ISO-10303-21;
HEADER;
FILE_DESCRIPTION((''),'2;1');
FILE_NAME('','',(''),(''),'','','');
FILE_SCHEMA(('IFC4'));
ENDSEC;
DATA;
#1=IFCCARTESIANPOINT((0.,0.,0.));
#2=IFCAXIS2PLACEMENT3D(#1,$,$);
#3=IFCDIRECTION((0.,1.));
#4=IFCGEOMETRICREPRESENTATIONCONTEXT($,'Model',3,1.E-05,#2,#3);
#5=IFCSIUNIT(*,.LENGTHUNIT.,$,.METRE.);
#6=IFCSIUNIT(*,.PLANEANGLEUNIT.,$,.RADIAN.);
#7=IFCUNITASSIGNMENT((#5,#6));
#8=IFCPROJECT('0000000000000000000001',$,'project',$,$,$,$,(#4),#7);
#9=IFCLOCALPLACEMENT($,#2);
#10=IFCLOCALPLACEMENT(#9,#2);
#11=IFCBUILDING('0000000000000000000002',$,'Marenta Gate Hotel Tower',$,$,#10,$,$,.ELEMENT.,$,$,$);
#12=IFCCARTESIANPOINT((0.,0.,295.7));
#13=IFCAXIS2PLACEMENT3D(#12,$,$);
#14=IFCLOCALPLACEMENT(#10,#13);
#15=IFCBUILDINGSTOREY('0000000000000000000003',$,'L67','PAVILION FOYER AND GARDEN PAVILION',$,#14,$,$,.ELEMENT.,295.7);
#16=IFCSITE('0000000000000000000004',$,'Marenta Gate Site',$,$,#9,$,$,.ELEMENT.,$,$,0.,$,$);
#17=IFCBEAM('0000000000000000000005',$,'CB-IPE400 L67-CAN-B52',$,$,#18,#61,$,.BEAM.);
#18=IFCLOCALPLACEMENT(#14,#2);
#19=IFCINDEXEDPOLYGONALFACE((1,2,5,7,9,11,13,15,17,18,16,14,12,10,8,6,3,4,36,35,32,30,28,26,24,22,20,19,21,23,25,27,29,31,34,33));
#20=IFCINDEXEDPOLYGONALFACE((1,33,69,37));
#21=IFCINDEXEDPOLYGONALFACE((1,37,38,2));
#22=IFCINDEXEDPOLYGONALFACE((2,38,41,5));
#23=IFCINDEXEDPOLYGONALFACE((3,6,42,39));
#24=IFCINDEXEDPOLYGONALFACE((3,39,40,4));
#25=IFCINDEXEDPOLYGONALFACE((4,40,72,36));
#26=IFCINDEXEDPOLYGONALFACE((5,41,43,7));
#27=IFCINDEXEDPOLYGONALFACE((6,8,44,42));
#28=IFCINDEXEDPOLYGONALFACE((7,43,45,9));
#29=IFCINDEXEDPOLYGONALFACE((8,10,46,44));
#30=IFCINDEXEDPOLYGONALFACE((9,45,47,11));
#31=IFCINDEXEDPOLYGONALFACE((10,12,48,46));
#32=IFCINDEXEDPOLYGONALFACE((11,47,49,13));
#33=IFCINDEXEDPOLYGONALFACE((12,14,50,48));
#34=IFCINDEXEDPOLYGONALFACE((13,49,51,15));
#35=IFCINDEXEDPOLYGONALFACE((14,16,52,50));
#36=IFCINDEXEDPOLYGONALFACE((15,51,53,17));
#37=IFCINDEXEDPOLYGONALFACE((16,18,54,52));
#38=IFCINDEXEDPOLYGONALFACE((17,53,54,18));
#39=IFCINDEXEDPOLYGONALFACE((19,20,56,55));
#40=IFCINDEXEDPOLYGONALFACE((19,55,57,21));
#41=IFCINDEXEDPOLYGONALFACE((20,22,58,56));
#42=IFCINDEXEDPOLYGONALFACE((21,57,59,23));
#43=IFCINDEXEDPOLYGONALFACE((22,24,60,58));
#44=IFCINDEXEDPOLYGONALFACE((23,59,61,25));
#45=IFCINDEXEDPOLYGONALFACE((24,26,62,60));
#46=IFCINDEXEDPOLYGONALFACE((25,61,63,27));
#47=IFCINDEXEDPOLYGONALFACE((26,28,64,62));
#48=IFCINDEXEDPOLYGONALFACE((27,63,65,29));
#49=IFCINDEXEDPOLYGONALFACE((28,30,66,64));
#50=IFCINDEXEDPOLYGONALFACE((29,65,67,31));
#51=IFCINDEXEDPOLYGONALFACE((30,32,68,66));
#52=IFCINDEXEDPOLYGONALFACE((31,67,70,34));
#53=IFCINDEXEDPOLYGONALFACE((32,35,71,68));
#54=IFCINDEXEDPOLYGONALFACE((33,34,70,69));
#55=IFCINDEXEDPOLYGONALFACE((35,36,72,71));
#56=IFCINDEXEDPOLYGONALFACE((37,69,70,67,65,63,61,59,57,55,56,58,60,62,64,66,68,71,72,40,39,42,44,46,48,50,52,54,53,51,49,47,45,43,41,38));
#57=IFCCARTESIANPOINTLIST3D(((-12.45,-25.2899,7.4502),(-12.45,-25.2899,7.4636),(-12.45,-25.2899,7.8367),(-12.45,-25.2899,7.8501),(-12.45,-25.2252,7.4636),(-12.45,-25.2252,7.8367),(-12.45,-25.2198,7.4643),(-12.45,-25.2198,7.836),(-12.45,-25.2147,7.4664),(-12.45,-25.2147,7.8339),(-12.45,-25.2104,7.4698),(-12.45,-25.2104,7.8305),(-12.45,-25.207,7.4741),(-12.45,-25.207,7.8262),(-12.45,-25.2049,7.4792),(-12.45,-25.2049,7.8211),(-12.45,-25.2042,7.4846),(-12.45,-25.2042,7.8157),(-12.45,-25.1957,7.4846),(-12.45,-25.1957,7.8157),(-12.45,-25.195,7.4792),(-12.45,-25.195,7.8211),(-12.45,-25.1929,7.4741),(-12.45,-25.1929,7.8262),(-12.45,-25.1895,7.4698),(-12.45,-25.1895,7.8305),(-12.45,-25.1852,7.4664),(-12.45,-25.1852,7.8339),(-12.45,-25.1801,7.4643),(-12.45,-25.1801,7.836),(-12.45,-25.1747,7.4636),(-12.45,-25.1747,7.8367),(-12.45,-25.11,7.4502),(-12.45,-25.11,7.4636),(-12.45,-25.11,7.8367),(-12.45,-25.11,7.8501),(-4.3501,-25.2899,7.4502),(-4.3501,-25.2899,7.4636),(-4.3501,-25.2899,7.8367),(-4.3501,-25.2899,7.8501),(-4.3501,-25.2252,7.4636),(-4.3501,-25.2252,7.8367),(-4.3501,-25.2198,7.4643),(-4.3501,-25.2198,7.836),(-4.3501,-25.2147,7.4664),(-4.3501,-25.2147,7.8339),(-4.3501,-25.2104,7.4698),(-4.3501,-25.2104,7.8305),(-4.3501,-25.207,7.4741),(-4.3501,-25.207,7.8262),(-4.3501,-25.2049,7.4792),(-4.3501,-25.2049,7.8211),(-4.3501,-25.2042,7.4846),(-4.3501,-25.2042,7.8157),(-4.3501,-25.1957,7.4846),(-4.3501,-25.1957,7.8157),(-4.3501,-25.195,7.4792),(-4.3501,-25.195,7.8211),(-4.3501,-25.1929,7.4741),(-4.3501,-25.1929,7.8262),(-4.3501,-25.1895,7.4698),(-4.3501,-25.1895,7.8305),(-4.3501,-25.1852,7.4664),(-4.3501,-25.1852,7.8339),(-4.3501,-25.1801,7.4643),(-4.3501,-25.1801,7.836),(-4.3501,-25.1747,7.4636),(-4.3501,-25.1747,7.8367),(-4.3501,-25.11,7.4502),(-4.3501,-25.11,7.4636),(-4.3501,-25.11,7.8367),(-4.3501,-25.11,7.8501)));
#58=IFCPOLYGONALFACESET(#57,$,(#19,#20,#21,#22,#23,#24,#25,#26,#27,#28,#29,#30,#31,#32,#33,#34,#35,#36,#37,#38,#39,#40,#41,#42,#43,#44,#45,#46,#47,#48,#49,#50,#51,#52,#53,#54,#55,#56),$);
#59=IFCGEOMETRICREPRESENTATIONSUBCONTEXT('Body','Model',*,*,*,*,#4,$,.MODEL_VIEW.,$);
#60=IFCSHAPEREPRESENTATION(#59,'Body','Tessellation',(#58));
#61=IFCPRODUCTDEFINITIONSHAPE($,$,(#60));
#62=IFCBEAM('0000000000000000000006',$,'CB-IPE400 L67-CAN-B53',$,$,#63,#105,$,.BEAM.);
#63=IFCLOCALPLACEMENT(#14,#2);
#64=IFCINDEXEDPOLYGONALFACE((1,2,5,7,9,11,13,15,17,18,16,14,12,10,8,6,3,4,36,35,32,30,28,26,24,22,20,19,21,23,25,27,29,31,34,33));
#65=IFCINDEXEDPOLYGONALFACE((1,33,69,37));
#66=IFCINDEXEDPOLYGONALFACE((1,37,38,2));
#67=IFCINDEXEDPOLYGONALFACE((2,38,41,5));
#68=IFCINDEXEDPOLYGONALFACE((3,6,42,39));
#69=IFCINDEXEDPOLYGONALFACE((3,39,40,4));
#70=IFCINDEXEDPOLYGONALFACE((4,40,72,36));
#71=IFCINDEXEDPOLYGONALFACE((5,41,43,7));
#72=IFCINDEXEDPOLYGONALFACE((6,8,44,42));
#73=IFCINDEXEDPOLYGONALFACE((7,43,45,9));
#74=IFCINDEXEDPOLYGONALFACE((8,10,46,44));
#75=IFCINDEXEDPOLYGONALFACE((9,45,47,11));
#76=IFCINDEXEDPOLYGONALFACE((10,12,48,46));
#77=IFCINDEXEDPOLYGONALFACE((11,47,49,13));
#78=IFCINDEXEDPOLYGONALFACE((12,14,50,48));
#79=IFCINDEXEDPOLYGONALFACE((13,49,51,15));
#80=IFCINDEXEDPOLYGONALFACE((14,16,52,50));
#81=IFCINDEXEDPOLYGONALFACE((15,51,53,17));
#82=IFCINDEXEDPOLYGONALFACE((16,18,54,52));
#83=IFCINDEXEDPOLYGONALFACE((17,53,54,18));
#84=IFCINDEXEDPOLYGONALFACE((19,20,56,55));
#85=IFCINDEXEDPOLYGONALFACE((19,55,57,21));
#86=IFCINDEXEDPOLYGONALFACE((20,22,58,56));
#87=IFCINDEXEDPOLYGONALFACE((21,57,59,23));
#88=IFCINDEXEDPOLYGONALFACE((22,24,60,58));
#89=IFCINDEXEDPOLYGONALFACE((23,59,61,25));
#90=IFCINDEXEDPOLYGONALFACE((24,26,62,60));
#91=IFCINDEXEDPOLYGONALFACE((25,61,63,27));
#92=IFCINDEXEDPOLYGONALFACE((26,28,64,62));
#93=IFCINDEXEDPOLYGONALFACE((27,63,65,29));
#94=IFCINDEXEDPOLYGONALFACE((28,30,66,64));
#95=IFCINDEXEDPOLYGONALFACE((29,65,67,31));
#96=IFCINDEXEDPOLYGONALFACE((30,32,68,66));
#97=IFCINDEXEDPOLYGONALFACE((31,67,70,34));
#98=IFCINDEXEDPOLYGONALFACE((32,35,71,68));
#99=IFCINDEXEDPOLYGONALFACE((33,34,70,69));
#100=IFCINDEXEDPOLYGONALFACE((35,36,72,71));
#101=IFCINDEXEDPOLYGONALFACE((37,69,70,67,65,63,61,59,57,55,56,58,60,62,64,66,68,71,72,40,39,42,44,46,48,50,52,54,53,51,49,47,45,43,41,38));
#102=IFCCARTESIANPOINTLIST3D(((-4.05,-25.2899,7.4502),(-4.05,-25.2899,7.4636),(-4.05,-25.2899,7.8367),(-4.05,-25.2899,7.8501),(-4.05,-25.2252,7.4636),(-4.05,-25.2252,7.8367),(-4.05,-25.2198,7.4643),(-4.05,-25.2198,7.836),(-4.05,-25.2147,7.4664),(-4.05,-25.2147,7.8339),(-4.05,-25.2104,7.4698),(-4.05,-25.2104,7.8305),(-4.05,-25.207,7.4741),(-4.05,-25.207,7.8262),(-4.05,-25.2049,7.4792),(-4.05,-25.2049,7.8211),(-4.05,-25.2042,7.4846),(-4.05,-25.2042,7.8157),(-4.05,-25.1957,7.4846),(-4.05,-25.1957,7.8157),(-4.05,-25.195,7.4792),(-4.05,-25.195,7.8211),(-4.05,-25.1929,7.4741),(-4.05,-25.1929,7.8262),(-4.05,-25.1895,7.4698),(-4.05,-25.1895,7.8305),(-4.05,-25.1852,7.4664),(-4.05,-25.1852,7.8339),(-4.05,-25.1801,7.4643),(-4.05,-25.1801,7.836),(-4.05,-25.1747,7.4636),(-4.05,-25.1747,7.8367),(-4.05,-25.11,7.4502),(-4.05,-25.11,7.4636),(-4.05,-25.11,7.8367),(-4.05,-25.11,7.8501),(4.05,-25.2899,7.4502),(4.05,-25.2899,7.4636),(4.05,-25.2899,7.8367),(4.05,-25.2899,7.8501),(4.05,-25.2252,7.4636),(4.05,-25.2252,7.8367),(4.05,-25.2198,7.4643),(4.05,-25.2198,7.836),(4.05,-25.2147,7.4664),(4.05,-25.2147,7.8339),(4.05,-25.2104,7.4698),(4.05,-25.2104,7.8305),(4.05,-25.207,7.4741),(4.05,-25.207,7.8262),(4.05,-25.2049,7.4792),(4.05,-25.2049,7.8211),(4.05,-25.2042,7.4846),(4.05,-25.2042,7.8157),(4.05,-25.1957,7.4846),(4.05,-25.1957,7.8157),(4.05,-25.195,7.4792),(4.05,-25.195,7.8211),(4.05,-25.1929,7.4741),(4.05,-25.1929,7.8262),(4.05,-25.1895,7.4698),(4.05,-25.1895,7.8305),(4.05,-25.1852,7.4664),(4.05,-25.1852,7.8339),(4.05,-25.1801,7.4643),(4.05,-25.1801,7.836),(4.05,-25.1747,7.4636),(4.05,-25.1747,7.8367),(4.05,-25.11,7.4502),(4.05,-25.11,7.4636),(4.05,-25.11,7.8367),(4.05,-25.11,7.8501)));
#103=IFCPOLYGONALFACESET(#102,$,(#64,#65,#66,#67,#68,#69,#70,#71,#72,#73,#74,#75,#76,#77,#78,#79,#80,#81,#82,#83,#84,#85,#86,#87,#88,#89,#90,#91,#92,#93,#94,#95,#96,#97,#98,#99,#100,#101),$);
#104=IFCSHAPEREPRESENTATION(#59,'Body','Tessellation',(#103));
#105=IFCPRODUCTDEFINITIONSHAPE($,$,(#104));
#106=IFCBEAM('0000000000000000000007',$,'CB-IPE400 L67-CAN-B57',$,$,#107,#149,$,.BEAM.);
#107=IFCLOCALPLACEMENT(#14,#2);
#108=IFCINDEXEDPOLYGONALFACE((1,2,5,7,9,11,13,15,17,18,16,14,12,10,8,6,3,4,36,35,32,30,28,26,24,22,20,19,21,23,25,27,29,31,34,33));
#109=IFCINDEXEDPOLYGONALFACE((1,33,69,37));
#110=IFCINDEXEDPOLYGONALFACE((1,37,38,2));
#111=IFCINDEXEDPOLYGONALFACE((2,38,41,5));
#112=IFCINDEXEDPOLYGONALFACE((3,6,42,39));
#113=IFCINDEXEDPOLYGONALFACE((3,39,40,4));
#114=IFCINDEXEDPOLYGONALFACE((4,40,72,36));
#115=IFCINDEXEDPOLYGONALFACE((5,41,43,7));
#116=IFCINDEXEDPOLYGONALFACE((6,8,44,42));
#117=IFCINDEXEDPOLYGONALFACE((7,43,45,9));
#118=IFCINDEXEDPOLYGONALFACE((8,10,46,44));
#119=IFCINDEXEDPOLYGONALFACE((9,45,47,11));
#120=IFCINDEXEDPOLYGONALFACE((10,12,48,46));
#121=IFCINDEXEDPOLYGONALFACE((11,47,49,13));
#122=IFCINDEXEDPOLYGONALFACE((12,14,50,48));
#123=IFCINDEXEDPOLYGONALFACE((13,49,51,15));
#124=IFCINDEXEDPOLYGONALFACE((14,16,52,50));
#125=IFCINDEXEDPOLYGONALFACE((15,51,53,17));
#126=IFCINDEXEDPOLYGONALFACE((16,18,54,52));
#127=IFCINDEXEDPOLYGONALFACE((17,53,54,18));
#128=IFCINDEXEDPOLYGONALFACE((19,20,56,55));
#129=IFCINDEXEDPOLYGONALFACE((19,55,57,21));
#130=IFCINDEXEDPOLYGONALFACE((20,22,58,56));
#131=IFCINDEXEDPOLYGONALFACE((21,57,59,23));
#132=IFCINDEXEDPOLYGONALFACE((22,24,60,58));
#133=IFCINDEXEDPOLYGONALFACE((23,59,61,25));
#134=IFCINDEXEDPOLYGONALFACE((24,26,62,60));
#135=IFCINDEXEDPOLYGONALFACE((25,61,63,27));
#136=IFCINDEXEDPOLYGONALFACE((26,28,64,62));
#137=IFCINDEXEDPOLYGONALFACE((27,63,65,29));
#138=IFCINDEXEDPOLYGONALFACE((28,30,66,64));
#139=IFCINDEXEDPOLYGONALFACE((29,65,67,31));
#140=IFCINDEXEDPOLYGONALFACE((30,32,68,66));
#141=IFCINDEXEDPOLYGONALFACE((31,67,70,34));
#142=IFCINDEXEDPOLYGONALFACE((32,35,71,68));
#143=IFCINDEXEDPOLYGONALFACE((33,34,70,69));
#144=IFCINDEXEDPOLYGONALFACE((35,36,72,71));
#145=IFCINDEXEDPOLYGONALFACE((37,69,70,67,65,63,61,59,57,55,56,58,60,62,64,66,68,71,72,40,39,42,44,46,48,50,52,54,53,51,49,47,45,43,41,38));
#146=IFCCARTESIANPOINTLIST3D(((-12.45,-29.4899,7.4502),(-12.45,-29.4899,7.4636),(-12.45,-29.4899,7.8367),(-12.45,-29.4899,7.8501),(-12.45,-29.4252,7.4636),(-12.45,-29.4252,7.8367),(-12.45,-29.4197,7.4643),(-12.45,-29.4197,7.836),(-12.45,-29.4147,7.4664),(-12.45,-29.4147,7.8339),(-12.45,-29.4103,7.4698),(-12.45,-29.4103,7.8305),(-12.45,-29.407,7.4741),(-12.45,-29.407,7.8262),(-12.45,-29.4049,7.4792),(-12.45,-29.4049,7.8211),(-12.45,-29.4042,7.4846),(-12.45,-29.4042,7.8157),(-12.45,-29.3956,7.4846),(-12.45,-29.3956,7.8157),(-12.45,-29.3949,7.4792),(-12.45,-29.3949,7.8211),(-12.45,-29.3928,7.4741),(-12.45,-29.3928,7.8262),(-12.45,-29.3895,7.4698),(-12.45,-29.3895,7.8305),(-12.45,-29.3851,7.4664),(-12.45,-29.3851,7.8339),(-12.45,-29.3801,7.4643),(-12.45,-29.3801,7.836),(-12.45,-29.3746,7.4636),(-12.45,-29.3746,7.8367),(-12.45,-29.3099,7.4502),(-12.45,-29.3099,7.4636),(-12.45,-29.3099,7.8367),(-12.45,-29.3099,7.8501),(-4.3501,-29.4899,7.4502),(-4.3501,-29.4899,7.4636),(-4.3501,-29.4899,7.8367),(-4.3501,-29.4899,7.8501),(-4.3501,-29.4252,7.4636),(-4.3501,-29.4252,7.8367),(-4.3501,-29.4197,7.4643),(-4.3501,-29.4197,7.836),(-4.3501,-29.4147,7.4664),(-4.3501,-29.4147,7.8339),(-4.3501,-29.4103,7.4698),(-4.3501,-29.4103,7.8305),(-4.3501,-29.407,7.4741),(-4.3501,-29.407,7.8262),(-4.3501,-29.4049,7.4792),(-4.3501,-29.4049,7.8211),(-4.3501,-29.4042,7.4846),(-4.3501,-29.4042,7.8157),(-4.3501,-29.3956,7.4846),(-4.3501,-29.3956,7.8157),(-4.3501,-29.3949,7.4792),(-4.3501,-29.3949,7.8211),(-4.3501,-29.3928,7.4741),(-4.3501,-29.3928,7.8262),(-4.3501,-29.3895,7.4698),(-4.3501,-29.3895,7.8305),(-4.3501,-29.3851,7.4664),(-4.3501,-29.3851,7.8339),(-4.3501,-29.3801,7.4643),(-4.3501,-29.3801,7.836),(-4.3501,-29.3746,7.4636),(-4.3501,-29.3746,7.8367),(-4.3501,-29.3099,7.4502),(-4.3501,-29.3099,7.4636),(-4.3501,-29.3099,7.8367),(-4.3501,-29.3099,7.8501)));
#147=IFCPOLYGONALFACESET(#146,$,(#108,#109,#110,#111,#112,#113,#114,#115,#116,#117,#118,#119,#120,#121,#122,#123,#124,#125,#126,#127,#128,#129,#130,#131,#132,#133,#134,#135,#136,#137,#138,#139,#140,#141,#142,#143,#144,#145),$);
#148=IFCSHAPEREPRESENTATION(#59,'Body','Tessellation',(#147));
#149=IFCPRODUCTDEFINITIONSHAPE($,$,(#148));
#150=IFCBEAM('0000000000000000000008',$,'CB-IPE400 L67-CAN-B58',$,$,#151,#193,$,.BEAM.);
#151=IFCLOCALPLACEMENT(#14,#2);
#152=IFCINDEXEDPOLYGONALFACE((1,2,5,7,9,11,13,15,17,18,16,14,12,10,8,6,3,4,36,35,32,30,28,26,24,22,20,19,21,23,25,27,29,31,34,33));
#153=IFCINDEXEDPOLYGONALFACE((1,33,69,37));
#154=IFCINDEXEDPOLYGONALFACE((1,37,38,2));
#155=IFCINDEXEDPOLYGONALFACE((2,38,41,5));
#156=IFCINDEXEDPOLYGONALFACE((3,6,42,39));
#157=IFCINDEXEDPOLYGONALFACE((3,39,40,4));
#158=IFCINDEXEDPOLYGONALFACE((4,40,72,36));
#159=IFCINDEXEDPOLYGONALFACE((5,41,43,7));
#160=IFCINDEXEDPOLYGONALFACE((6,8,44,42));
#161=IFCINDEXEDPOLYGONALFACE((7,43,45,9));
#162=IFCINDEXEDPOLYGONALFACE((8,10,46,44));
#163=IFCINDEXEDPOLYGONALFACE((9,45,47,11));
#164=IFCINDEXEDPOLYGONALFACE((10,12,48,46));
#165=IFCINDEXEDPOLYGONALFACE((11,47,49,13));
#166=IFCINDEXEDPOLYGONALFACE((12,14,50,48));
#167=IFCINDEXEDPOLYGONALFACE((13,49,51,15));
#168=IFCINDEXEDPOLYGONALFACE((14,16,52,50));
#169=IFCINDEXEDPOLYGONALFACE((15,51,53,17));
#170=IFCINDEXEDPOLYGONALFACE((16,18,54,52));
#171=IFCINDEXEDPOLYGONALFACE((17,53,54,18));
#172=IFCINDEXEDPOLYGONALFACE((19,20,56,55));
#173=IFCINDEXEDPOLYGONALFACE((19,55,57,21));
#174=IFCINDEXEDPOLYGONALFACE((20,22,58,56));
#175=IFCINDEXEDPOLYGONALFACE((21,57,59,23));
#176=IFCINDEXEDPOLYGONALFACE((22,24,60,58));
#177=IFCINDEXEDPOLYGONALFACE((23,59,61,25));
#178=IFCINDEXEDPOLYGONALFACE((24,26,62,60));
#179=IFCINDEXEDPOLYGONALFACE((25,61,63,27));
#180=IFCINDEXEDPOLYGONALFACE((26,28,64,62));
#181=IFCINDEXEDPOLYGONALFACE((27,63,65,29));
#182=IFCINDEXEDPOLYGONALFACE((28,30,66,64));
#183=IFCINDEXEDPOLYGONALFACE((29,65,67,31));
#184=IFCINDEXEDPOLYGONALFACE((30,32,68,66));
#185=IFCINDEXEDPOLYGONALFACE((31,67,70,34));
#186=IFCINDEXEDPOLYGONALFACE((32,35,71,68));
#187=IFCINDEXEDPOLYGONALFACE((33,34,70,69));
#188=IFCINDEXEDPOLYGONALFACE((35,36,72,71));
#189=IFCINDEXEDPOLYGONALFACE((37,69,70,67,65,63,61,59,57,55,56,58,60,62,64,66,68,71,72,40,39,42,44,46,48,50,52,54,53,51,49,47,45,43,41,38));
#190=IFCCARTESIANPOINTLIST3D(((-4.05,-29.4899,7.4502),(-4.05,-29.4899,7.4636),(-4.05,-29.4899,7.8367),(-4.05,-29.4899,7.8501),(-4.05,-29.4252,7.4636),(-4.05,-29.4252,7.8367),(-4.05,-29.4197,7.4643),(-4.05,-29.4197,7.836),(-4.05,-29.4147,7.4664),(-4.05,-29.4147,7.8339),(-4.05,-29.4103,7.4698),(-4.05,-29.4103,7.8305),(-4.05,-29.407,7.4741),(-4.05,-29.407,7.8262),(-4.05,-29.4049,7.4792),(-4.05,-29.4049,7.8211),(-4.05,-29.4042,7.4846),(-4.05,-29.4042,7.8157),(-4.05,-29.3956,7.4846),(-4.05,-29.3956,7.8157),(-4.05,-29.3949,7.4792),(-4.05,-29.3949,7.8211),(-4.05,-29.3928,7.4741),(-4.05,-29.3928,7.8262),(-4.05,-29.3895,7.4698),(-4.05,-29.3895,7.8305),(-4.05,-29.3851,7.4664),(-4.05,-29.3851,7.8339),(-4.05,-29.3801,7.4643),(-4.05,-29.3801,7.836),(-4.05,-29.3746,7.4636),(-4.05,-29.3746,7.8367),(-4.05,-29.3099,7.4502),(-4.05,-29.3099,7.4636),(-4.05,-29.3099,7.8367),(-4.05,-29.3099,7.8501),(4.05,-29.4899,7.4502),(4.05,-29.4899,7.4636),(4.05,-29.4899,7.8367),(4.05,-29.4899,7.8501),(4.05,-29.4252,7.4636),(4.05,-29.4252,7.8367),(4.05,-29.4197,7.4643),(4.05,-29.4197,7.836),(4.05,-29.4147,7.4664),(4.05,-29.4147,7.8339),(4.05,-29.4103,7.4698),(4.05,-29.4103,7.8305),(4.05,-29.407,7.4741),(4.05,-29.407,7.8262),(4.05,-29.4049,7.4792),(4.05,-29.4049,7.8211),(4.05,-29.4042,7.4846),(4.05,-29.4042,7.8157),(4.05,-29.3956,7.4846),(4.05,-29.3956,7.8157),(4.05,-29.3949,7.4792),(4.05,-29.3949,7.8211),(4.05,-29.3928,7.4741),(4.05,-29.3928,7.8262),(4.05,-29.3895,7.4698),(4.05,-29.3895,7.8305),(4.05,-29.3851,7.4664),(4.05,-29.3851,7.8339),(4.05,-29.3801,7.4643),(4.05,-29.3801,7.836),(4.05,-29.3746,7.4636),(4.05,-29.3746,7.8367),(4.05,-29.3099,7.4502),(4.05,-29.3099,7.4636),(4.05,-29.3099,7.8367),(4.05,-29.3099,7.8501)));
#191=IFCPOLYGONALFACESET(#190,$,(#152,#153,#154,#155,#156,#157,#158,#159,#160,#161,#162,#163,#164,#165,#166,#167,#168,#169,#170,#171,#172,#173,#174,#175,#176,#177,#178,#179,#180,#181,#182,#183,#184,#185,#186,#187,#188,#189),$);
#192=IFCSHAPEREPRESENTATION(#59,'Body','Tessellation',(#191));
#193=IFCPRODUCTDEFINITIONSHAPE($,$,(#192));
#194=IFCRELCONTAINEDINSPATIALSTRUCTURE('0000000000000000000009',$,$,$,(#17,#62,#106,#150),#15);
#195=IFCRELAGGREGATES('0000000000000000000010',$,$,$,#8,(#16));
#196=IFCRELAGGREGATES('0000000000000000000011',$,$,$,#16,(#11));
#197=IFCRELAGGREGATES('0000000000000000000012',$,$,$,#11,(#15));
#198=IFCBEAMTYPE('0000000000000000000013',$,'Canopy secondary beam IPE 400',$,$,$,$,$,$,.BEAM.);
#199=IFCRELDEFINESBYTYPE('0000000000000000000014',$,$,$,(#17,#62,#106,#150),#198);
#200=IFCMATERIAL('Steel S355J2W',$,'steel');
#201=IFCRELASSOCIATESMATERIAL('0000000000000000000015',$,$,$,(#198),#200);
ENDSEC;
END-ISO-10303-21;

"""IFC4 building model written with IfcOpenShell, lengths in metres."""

from ifc_helpers import new_model, si_unit, direction, frame, origin, origin_2d, place, context, subcontext, project, spatial, i_section, extrude, material, material_profile, profile_set, type_object, element, save


model = new_model("IFC4")

# Units and contexts
model_context = context("Model", 3, precision=1e-05, world=origin(), true_north=direction((0.0, 1.0)))
body_context = subcontext(model_context, "Body", "Model", "MODEL_VIEW")
ifc_project = project(units=[si_unit("LENGTHUNIT", "METRE"), si_unit("PLANEANGLEUNIT", "RADIAN")], contexts=[model_context])

# Site, building, storey
site_placement = place(None, origin())
site = spatial("IfcSite", under=ifc_project, at=site_placement, Name="Marenta Gate Site", CompositionType="ELEMENT", RefElevation=0.0)
building_placement = place(site_placement, origin())
building = spatial("IfcBuilding", under=site, at=building_placement, Name="Marenta Gate Hotel Tower", CompositionType="ELEMENT")
storey_placement = place(building_placement, frame((0.0, 0.0, 295.7)))
storey = spatial("IfcBuildingStorey", under=building, at=storey_placement, Name="L67", Description="PAVILION FOYER AND GARDEN PAVILION", CompositionType="ELEMENT", Elevation=295.7)

# Beams
ifc_material_1 = material(Name="Steel S355J2W", Category="steel")
ifc_material_profile_1 = material_profile(ifc_material_1, i_section(OverallWidth=0.1799, OverallDepth=0.3999, WebThickness=0.0085, FlangeThickness=0.0134, FilletRadius=0.021, at=origin_2d()), Name="IPE 400")
ifc_profile_set_1 = profile_set([ifc_material_profile_1], Name="Steel S355J2W")
beam_type_1 = type_object("IfcBeamType", Name="Canopy secondary beam IPE 400", PredefinedType="BEAM", material=ifc_profile_set_1)
beam_1_placement = place(storey_placement, frame((-12.45, -25.2, 7.6501), z_axis=(1.0, 0.0, 0.0), x_axis=(0.0, 1.0, 0.0)))
element("IfcBeam", 1, at=beam_1_placement, inside=storey, type_object=beam_type_1, Name="CB-IPE400 L67-CAN-B52", PredefinedType="BEAM", context=body_context, shape_type="SweptSolid", body=[
    extrude(i_section(OverallWidth=0.1799, OverallDepth=0.3999, WebThickness=0.0085, FlangeThickness=0.0134, FilletRadius=0.021, at=origin_2d()), origin(), (0.0, 0.0, 1.0), 8.0999),
])
beam_2_placement = place(storey_placement, frame((-4.05, -25.2, 7.6501), z_axis=(1.0, 0.0, 0.0), x_axis=(0.0, 1.0, 0.0)))
element("IfcBeam", 2, at=beam_2_placement, inside=storey, type_object=beam_type_1, Name="CB-IPE400 L67-CAN-B53", PredefinedType="BEAM", context=body_context, shape_type="SweptSolid", body=[
    extrude(i_section(OverallWidth=0.1799, OverallDepth=0.3999, WebThickness=0.0085, FlangeThickness=0.0134, FilletRadius=0.021, at=origin_2d()), origin(), (0.0, 0.0, 1.0), 8.1001),
])
beam_3_placement = place(storey_placement, frame((-12.45, -29.3999, 7.6501), z_axis=(1.0, 0.0, 0.0), x_axis=(0.0, 1.0, 0.0)))
element("IfcBeam", 3, at=beam_3_placement, inside=storey, type_object=beam_type_1, Name="CB-IPE400 L67-CAN-B57", PredefinedType="BEAM", context=body_context, shape_type="SweptSolid", body=[
    extrude(i_section(OverallWidth=0.1799, OverallDepth=0.3999, WebThickness=0.0085, FlangeThickness=0.0134, FilletRadius=0.021, at=origin_2d()), origin(), (0.0, 0.0, 1.0), 8.0999),
])
beam_4_placement = place(storey_placement, frame((-4.05, -29.3999, 7.6501), z_axis=(1.0, 0.0, 0.0), x_axis=(0.0, 1.0, 0.0)))
element("IfcBeam", 4, at=beam_4_placement, inside=storey, type_object=beam_type_1, Name="CB-IPE400 L67-CAN-B58", PredefinedType="BEAM", context=body_context, shape_type="SweptSolid", body=[
    extrude(i_section(OverallWidth=0.1799, OverallDepth=0.3999, WebThickness=0.0085, FlangeThickness=0.0134, FilletRadius=0.021, at=origin_2d()), origin(), (0.0, 0.0, 1.0), 8.1001),
])

save(model, "model.ifc")
